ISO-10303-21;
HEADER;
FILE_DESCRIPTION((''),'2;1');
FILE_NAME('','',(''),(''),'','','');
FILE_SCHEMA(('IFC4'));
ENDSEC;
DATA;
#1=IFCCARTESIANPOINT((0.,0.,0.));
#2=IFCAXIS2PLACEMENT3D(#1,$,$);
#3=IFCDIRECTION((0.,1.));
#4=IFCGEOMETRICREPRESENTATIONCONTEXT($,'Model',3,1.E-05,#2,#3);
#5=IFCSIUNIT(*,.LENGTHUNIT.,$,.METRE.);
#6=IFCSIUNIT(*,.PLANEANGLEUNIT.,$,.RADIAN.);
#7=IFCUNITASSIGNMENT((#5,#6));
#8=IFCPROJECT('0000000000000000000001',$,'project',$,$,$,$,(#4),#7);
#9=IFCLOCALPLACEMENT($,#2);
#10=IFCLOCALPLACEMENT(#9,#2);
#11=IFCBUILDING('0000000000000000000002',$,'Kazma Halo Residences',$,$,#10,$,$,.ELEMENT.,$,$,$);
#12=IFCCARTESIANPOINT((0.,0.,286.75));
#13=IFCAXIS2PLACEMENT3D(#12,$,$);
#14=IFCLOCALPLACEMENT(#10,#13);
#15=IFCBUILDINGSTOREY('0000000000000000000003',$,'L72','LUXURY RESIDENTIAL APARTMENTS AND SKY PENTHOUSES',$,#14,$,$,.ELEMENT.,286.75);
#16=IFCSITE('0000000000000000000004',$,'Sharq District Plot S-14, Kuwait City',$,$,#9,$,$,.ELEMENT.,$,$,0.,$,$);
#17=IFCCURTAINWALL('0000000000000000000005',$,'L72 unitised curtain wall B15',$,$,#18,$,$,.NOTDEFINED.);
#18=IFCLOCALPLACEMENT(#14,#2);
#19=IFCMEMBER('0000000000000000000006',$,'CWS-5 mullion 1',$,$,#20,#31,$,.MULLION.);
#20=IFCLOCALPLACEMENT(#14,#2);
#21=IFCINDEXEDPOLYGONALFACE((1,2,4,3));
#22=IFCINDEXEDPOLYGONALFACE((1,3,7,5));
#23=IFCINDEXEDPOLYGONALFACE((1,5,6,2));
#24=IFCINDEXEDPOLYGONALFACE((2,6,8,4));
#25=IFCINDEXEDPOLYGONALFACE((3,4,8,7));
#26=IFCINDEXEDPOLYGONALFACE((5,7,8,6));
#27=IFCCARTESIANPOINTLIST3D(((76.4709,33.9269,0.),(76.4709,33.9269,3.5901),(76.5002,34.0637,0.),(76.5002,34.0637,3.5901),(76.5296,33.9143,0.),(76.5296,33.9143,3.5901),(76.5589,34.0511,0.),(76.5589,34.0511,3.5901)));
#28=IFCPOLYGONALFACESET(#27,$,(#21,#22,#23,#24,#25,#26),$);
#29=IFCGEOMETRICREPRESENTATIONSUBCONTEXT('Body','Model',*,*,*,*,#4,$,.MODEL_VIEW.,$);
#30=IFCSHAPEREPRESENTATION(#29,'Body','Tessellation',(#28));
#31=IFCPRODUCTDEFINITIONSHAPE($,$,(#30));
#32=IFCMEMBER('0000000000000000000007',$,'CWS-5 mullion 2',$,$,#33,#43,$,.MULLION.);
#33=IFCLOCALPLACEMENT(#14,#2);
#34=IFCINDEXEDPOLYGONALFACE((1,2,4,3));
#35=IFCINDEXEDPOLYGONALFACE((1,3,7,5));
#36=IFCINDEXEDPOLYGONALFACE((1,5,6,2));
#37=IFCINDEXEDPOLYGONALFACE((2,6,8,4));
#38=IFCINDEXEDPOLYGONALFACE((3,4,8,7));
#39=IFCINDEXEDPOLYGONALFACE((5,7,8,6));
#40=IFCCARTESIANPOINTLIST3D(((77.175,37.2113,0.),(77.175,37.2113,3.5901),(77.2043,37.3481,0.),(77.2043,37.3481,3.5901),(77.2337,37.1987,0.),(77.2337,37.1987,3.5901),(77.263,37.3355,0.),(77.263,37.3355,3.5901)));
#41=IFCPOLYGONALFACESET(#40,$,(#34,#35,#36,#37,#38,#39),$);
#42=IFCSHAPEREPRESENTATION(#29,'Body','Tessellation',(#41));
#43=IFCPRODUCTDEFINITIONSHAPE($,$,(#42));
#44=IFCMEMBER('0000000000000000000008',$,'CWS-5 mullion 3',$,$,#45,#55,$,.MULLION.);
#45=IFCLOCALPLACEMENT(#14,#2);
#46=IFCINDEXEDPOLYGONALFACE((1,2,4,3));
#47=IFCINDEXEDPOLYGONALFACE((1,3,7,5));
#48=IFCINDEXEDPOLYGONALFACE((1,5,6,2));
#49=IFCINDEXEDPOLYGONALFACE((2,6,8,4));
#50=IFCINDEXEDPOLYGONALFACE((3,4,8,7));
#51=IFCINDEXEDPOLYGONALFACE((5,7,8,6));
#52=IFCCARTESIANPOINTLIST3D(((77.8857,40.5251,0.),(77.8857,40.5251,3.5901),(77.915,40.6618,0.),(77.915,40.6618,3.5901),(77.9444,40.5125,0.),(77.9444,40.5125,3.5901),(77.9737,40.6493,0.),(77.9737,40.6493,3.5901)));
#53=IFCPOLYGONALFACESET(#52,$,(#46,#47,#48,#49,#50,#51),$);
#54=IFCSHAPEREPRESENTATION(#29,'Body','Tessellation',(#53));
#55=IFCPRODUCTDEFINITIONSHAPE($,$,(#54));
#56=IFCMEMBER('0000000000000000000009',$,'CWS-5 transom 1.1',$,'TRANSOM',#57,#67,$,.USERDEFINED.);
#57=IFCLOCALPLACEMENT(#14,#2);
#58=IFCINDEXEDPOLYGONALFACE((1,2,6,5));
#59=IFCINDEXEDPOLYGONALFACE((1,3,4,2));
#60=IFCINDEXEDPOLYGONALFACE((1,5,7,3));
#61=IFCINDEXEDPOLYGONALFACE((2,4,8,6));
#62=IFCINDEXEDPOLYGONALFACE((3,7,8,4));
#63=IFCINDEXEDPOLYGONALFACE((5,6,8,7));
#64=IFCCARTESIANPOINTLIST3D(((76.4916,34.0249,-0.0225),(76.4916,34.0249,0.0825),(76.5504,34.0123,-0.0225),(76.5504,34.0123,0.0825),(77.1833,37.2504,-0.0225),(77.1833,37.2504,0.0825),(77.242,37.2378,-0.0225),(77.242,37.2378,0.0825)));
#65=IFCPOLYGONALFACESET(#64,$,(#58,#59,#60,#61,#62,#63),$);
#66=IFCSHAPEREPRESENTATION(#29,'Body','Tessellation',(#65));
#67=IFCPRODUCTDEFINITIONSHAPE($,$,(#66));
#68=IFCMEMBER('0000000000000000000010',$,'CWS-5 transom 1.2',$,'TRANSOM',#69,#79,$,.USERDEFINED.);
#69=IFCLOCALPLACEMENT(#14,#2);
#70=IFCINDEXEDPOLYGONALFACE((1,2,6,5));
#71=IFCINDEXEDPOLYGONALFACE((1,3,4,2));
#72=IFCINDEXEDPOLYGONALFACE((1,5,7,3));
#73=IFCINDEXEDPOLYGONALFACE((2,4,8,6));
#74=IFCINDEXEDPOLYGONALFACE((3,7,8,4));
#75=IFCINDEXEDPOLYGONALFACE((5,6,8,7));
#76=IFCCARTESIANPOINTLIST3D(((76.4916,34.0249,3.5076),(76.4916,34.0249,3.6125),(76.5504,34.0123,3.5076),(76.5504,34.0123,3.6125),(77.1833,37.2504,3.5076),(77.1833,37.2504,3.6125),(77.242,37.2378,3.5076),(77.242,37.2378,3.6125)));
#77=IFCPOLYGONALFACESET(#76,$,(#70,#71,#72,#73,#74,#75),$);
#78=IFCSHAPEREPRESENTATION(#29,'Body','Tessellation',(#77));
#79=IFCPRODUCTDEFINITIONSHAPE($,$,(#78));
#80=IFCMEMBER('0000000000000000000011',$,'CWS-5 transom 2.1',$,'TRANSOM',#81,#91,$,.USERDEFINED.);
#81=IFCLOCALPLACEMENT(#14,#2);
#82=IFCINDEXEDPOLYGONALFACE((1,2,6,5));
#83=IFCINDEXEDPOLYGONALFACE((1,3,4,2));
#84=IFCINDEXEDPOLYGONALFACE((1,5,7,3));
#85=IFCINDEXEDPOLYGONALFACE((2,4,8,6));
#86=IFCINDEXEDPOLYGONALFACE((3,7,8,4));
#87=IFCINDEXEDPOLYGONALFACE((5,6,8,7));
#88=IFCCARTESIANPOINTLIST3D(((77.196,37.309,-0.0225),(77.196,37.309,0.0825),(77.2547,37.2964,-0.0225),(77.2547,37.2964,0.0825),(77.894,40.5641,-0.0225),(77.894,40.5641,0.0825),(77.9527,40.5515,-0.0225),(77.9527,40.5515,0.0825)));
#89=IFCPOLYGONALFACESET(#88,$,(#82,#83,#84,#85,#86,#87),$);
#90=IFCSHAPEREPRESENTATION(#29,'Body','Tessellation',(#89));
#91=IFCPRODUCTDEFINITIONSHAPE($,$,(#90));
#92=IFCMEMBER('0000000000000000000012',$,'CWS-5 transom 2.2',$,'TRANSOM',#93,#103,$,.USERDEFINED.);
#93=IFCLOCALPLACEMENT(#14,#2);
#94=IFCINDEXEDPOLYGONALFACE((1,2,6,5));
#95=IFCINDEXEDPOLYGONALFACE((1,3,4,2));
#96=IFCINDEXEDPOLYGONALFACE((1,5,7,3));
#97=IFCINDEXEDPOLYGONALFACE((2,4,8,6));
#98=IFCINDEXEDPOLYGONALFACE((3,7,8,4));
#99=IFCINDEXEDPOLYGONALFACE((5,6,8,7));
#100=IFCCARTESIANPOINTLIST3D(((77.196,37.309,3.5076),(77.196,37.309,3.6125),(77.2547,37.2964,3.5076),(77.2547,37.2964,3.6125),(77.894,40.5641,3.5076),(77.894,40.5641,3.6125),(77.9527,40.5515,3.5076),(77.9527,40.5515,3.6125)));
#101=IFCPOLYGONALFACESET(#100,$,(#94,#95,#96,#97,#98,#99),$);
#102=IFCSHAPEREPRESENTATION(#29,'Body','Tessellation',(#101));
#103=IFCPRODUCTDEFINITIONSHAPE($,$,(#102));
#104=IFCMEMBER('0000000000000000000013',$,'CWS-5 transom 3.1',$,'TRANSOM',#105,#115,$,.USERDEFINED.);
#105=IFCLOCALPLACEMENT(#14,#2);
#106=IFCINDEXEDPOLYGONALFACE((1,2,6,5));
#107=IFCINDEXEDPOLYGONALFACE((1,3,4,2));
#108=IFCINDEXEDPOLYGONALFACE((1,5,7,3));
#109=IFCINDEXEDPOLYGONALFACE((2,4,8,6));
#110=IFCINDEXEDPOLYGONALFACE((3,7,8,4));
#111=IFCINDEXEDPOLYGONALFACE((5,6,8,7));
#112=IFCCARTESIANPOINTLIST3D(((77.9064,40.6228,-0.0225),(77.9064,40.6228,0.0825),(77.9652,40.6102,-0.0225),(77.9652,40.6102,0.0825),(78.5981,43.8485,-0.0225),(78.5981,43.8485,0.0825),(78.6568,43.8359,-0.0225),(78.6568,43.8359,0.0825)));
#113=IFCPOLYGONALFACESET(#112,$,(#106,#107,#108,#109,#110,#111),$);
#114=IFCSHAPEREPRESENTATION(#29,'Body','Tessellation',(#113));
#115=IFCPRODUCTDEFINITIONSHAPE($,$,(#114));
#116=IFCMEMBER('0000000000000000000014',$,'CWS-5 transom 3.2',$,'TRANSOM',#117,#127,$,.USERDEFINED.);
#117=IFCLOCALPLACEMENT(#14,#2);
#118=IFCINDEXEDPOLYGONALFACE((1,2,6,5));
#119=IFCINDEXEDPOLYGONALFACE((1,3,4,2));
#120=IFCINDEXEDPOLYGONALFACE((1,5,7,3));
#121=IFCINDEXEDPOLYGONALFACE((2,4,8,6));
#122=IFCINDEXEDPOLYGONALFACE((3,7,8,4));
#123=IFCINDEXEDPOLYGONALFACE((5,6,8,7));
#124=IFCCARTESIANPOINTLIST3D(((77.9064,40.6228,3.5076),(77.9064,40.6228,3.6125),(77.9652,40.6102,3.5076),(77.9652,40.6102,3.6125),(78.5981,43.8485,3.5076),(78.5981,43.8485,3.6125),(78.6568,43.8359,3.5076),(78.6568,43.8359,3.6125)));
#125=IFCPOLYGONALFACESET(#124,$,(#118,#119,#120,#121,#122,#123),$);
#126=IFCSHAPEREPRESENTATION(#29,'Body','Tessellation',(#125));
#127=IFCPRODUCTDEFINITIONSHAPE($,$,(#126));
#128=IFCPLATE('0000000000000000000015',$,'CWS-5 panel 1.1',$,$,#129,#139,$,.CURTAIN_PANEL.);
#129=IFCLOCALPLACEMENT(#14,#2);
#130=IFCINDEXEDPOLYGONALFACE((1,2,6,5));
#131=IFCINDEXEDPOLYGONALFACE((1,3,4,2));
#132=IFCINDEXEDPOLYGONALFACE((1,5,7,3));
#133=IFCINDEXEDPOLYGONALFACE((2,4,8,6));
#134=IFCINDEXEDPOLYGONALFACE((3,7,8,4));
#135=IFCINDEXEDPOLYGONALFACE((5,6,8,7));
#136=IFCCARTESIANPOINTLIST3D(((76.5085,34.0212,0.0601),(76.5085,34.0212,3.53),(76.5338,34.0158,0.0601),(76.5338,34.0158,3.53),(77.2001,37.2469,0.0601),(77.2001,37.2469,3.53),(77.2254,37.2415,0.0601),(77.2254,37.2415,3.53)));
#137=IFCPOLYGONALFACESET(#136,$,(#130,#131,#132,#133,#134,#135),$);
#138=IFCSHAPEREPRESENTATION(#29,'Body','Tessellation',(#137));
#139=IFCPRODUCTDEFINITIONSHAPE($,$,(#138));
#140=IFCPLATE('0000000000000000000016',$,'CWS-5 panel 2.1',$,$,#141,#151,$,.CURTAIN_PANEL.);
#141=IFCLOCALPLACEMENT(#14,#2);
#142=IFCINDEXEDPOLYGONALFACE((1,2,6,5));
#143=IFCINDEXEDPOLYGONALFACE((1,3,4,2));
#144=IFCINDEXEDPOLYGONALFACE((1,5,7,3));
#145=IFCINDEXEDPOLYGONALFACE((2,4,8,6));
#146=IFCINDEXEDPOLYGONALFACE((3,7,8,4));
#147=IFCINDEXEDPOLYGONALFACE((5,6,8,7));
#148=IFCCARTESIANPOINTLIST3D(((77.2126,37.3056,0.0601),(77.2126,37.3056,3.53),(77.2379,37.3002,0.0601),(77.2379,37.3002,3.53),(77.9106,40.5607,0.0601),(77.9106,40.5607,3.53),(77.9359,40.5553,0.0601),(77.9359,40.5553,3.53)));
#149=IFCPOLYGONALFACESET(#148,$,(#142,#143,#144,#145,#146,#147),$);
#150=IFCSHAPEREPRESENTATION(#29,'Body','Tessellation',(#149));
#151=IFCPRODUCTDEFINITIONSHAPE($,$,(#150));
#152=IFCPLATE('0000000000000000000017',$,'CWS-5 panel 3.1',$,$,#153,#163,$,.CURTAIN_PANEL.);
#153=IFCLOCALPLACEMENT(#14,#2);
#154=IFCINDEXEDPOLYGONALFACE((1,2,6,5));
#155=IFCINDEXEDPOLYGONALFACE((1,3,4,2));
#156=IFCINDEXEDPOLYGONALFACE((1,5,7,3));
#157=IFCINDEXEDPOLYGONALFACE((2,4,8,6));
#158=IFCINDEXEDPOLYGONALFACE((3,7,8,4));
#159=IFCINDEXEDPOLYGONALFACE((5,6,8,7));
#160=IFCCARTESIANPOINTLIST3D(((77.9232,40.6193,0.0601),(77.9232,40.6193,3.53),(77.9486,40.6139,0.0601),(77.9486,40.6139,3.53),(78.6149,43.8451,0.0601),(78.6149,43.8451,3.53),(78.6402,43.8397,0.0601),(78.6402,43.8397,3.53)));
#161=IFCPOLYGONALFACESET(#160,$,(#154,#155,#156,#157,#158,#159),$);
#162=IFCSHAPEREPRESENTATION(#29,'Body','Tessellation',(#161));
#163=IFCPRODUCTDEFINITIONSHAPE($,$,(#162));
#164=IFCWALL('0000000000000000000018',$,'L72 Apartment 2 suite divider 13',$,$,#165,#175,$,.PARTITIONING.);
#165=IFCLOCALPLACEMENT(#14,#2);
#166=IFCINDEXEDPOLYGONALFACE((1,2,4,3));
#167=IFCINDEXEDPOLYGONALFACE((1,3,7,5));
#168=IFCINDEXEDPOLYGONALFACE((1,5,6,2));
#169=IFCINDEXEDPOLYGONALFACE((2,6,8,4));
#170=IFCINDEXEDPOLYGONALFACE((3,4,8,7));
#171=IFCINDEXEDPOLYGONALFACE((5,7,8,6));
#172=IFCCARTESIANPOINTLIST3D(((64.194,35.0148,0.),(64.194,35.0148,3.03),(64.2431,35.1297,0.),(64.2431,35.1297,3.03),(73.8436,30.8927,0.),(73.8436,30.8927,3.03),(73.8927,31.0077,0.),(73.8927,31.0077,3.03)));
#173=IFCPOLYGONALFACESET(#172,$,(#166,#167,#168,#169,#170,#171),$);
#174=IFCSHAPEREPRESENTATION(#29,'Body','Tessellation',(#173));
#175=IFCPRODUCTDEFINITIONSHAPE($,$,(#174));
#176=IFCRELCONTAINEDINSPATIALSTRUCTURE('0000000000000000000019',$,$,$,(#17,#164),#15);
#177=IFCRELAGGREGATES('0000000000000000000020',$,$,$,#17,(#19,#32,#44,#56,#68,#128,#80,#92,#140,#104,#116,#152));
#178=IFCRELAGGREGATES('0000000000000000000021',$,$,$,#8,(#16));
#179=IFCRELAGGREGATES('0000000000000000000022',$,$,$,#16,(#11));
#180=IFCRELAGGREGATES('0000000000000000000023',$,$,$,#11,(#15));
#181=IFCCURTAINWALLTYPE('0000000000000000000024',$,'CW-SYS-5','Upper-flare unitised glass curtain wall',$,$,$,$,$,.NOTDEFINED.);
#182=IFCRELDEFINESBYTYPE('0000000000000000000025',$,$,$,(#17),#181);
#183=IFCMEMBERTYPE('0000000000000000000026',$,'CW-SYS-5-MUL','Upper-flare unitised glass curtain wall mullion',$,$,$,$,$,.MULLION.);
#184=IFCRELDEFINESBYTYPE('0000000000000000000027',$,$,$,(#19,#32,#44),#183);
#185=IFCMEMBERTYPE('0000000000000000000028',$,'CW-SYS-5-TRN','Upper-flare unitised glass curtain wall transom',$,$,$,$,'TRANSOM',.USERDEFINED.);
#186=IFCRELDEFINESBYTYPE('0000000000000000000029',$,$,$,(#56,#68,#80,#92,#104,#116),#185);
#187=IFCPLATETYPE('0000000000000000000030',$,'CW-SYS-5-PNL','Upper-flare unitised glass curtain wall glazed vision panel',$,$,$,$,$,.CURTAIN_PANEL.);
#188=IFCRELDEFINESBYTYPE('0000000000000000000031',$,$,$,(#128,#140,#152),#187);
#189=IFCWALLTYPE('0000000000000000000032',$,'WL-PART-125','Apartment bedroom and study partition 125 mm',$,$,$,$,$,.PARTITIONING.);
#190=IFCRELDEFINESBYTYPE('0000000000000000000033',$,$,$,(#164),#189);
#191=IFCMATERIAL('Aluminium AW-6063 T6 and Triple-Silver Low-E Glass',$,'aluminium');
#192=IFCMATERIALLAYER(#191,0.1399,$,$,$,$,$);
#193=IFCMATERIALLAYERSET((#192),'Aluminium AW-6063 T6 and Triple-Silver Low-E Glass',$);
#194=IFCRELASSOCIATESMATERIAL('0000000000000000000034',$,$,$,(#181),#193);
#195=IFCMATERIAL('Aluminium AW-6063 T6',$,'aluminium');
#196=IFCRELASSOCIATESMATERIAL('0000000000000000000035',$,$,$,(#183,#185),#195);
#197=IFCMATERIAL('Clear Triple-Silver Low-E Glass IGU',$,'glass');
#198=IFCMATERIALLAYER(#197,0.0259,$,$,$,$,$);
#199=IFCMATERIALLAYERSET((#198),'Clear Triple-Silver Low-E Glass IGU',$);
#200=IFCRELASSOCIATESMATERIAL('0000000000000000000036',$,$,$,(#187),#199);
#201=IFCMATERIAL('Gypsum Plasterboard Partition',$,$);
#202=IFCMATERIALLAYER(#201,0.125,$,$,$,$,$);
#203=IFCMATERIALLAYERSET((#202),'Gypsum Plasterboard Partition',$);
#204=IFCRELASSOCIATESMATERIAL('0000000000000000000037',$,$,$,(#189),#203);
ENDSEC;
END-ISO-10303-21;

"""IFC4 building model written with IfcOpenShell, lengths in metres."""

from ifc_helpers import new_model, si_unit, direction, frame, frame_2d, origin, origin_2d, place, context, subcontext, project, spatial, rectangle, extrude, material, layer, layer_set, material_profile, profile_set, type_object, element, aggregate, save


model = new_model("IFC4")

# Units and contexts
model_context = context("Model", 3, precision=1e-05, world=origin(), true_north=direction((0.0, 1.0)))
body_context = subcontext(model_context, "Body", "Model", "MODEL_VIEW")
ifc_project = project(units=[si_unit("LENGTHUNIT", "METRE"), si_unit("PLANEANGLEUNIT", "RADIAN")], contexts=[model_context])

# Site, building, storey
site_placement = place(None, origin())
site = spatial("IfcSite", under=ifc_project, at=site_placement, Name="Sharq District Plot S-14, Kuwait City", CompositionType="ELEMENT", RefElevation=0.0)
building_placement = place(site_placement, origin())
building = spatial("IfcBuilding", under=site, at=building_placement, Name="Kazma Halo Residences", CompositionType="ELEMENT")
storey_placement = place(building_placement, frame((0.0, 0.0, 286.75)))
storey = spatial("IfcBuildingStorey", under=building, at=storey_placement, Name="L72", Description="LUXURY RESIDENTIAL APARTMENTS AND SKY PENTHOUSES", CompositionType="ELEMENT", Elevation=286.75)

# Curtain wall, members, plates
ifc_material_1 = material(Name="Aluminium AW-6063 T6 and Triple-Silver Low-E Glass", Category="aluminium")
ifc_layer_1 = layer(ifc_material_1, 0.1399)
ifc_layer_set_1 = layer_set([ifc_layer_1], Name="Aluminium AW-6063 T6 and Triple-Silver Low-E Glass")
curtain_wall_type = type_object("IfcCurtainWallType", Name="CW-SYS-5", Description="Upper-flare unitised glass curtain wall", PredefinedType="NOTDEFINED", material=ifc_layer_set_1)
curtain_wall_placement = place(storey_placement, origin())
curtain_wall = element("IfcCurtainWall", 1, at=curtain_wall_placement, inside=storey, type_object=curtain_wall_type, Name="L72 unitised curtain wall B15", PredefinedType="NOTDEFINED")
ifc_material_2 = material(Name="Aluminium AW-6063 T6", Category="aluminium")
ifc_material_profile_1 = material_profile(ifc_material_2, rectangle(XDim=0.0601, YDim=0.1399, at=origin_2d()), Name="CWM-60x140")
ifc_profile_set_1 = profile_set([ifc_material_profile_1], Name="Aluminium AW-6063 T6")
member_type_1 = type_object("IfcMemberType", Name="CW-SYS-5-MUL", Description="Upper-flare unitised glass curtain wall mullion", PredefinedType="MULLION", material=ifc_profile_set_1)
member_1_placement = place(storey_placement, frame((76.5149, 33.989, 0.0), z_axis=(0.0, 0.0, 1.0), x_axis=(-0.977775, 0.209657, 0.0)))
member_1 = element("IfcMember", 2, at=member_1_placement, type_object=member_type_1, Name="CWS-5 mullion 1", PredefinedType="MULLION", context=body_context, shape_type="SweptSolid", body=[
    extrude(rectangle(XDim=0.0601, YDim=0.1399, at=origin_2d()), origin(), (0.0, 0.0, 1.0), 3.5901),
])
member_2_placement = place(storey_placement, frame((77.219, 37.2734, 0.0), z_axis=(0.0, 0.0, 1.0), x_axis=(-0.977775, 0.209657, 0.0)))
member_2 = element("IfcMember", 3, at=member_2_placement, type_object=member_type_1, Name="CWS-5 mullion 2", PredefinedType="MULLION", context=body_context, shape_type="SweptSolid", body=[
    extrude(rectangle(XDim=0.0601, YDim=0.1399, at=origin_2d()), origin(), (0.0, 0.0, 1.0), 3.5901),
])
member_3_placement = place(storey_placement, frame((77.9297, 40.5872, 0.0), z_axis=(0.0, 0.0, 1.0), x_axis=(-0.977775, 0.209657, 0.0)))
member_3 = element("IfcMember", 4, at=member_3_placement, type_object=member_type_1, Name="CWS-5 mullion 3", PredefinedType="MULLION", context=body_context, shape_type="SweptSolid", body=[
    extrude(rectangle(XDim=0.0601, YDim=0.1399, at=origin_2d()), origin(), (0.0, 0.0, 1.0), 3.5901),
])
ifc_material_profile_2 = material_profile(ifc_material_2, rectangle(XDim=0.0601, YDim=0.105, at=origin_2d()), Name="CWT-60x105")
ifc_profile_set_2 = profile_set([ifc_material_profile_2], Name="Aluminium AW-6063 T6")
member_type_2 = type_object("IfcMemberType", Name="CW-SYS-5-TRN", Description="Upper-flare unitised glass curtain wall transom", ElementType="TRANSOM", PredefinedType="USERDEFINED", material=ifc_profile_set_2)
member_4_placement = place(storey_placement, frame((76.521, 34.0186, 0.03), z_axis=(0.20966, 0.977774, 0.0), x_axis=(-0.977774, 0.20966, 0.0)))
member_4 = element("IfcMember", 5, at=member_4_placement, type_object=member_type_2, Name="CWS-5 transom 1.1", ObjectType="TRANSOM", PredefinedType="USERDEFINED", context=body_context, shape_type="SweptSolid", body=[
    extrude(rectangle(XDim=0.0601, YDim=0.105, at=origin_2d()), origin(), (0.0, 0.0, 1.0), 3.2988),
])
member_5_placement = place(storey_placement, frame((76.521, 34.0186, 3.5601), z_axis=(0.20966, 0.977774, 0.0), x_axis=(-0.977774, 0.20966, 0.0)))
member_5 = element("IfcMember", 6, at=member_5_placement, type_object=member_type_2, Name="CWS-5 transom 1.2", ObjectType="TRANSOM", PredefinedType="USERDEFINED", context=body_context, shape_type="SweptSolid", body=[
    extrude(rectangle(XDim=0.0601, YDim=0.105, at=origin_2d()), origin(), (0.0, 0.0, 1.0), 3.2988),
])
member_6_placement = place(storey_placement, frame((77.2253, 37.3027, 0.03), z_axis=(0.209664, 0.977773, 0.0), x_axis=(-0.977773, 0.209664, 0.0)))
member_6 = element("IfcMember", 7, at=member_6_placement, type_object=member_type_2, Name="CWS-5 transom 2.1", ObjectType="TRANSOM", PredefinedType="USERDEFINED", context=body_context, shape_type="SweptSolid", body=[
    extrude(rectangle(XDim=0.0601, YDim=0.105, at=origin_2d()), origin(), (0.0, 0.0, 1.0), 3.3291),
])
member_7_placement = place(storey_placement, frame((77.2253, 37.3027, 3.5601), z_axis=(0.209664, 0.977773, 0.0), x_axis=(-0.977773, 0.209664, 0.0)))
member_7 = element("IfcMember", 8, at=member_7_placement, type_object=member_type_2, Name="CWS-5 transom 2.2", ObjectType="TRANSOM", PredefinedType="USERDEFINED", context=body_context, shape_type="SweptSolid", body=[
    extrude(rectangle(XDim=0.0601, YDim=0.105, at=origin_2d()), origin(), (0.0, 0.0, 1.0), 3.3291),
])
member_8_placement = place(storey_placement, frame((77.9358, 40.6165, 0.03), z_axis=(0.209645, 0.977777, 0.0), x_axis=(-0.977777, 0.209645, 0.0)))
member_8 = element("IfcMember", 9, at=member_8_placement, type_object=member_type_2, Name="CWS-5 transom 3.1", ObjectType="TRANSOM", PredefinedType="USERDEFINED", context=body_context, shape_type="SweptSolid", body=[
    extrude(rectangle(XDim=0.0601, YDim=0.105, at=origin_2d()), origin(), (0.0, 0.0, 1.0), 3.2991),
])
member_9_placement = place(storey_placement, frame((77.9358, 40.6165, 3.5601), z_axis=(0.209645, 0.977777, 0.0), x_axis=(-0.977777, 0.209645, 0.0)))
member_9 = element("IfcMember", 10, at=member_9_placement, type_object=member_type_2, Name="CWS-5 transom 3.2", ObjectType="TRANSOM", PredefinedType="USERDEFINED", context=body_context, shape_type="SweptSolid", body=[
    extrude(rectangle(XDim=0.0601, YDim=0.105, at=origin_2d()), origin(), (0.0, 0.0, 1.0), 3.2991),
])
ifc_material_3 = material(Name="Clear Triple-Silver Low-E Glass IGU", Category="glass")
ifc_layer_2 = layer(ifc_material_3, 0.0259)
ifc_layer_set_2 = layer_set([ifc_layer_2], Name="Clear Triple-Silver Low-E Glass IGU")
plate_type = type_object("IfcPlateType", Name="CW-SYS-5-PNL", Description="Upper-flare unitised glass curtain wall glazed vision panel", PredefinedType="CURTAIN_PANEL", material=ifc_layer_set_2)
plate_1_placement = place(storey_placement, frame((76.8669, 35.6313, 0.0601), z_axis=(0.0, 0.0, 1.0), x_axis=(0.209657, 0.977775, 0.0)))
plate_1 = element("IfcPlate", 11, at=plate_1_placement, type_object=plate_type, Name="CWS-5 panel 1.1", PredefinedType="CURTAIN_PANEL", context=body_context, shape_type="SweptSolid", body=[
    extrude(rectangle(XDim=3.2991, YDim=0.0259, at=origin_2d()), origin(), (0.0, 0.0, 1.0), 3.47),
])
plate_2_placement = place(storey_placement, frame((77.5742, 38.9304, 0.0601), z_axis=(0.0, 0.0, 1.0), x_axis=(0.209657, 0.977775, 0.0)))
plate_2 = element("IfcPlate", 12, at=plate_2_placement, type_object=plate_type, Name="CWS-5 panel 2.1", PredefinedType="CURTAIN_PANEL", context=body_context, shape_type="SweptSolid", body=[
    extrude(rectangle(XDim=3.3291, YDim=0.0259, at=origin_2d()), origin(), (0.0, 0.0, 1.0), 3.47),
])
plate_3_placement = place(storey_placement, frame((78.2817, 42.2295, 0.0601), z_axis=(0.0, 0.0, 1.0), x_axis=(0.209657, 0.977775, 0.0)))
plate_3 = element("IfcPlate", 13, at=plate_3_placement, type_object=plate_type, Name="CWS-5 panel 3.1", PredefinedType="CURTAIN_PANEL", context=body_context, shape_type="SweptSolid", body=[
    extrude(rectangle(XDim=3.2991, YDim=0.0259, at=origin_2d()), origin(), (0.0, 0.0, 1.0), 3.47),
])
aggregate(curtain_wall, [member_1, member_2, member_3, member_4, member_5, plate_1, member_6, member_7, plate_2, member_8, member_9, plate_3])

# Wall
ifc_material_4 = material(Name="Gypsum Plasterboard Partition")
ifc_layer_3 = layer(ifc_material_4, 0.125)
ifc_layer_set_3 = layer_set([ifc_layer_3], Name="Gypsum Plasterboard Partition")
wall_type_1 = type_object("IfcWallType", Name="WL-PART-125", Description="Apartment bedroom and study partition 125 mm", PredefinedType="PARTITIONING", material=ifc_layer_set_3)
wall_1_placement = place(storey_placement, frame((64.2185, 35.0723, 0.0), z_axis=(0.0, 0.0, 1.0), x_axis=(0.91961, -0.392832, 0.0)))
element("IfcWall", 14, at=wall_1_placement, inside=storey, type_object=wall_type_1, Name="L72 Apartment 2 suite divider 13", PredefinedType="PARTITIONING", context=body_context, shape_type="SweptSolid", body=[
    extrude(rectangle(XDim=10.4932, YDim=0.125, at=frame_2d((5.2466, 0.0))), origin(), (0.0, 0.0, 1.0), 3.03),
])

save(model, "model.ifc")
